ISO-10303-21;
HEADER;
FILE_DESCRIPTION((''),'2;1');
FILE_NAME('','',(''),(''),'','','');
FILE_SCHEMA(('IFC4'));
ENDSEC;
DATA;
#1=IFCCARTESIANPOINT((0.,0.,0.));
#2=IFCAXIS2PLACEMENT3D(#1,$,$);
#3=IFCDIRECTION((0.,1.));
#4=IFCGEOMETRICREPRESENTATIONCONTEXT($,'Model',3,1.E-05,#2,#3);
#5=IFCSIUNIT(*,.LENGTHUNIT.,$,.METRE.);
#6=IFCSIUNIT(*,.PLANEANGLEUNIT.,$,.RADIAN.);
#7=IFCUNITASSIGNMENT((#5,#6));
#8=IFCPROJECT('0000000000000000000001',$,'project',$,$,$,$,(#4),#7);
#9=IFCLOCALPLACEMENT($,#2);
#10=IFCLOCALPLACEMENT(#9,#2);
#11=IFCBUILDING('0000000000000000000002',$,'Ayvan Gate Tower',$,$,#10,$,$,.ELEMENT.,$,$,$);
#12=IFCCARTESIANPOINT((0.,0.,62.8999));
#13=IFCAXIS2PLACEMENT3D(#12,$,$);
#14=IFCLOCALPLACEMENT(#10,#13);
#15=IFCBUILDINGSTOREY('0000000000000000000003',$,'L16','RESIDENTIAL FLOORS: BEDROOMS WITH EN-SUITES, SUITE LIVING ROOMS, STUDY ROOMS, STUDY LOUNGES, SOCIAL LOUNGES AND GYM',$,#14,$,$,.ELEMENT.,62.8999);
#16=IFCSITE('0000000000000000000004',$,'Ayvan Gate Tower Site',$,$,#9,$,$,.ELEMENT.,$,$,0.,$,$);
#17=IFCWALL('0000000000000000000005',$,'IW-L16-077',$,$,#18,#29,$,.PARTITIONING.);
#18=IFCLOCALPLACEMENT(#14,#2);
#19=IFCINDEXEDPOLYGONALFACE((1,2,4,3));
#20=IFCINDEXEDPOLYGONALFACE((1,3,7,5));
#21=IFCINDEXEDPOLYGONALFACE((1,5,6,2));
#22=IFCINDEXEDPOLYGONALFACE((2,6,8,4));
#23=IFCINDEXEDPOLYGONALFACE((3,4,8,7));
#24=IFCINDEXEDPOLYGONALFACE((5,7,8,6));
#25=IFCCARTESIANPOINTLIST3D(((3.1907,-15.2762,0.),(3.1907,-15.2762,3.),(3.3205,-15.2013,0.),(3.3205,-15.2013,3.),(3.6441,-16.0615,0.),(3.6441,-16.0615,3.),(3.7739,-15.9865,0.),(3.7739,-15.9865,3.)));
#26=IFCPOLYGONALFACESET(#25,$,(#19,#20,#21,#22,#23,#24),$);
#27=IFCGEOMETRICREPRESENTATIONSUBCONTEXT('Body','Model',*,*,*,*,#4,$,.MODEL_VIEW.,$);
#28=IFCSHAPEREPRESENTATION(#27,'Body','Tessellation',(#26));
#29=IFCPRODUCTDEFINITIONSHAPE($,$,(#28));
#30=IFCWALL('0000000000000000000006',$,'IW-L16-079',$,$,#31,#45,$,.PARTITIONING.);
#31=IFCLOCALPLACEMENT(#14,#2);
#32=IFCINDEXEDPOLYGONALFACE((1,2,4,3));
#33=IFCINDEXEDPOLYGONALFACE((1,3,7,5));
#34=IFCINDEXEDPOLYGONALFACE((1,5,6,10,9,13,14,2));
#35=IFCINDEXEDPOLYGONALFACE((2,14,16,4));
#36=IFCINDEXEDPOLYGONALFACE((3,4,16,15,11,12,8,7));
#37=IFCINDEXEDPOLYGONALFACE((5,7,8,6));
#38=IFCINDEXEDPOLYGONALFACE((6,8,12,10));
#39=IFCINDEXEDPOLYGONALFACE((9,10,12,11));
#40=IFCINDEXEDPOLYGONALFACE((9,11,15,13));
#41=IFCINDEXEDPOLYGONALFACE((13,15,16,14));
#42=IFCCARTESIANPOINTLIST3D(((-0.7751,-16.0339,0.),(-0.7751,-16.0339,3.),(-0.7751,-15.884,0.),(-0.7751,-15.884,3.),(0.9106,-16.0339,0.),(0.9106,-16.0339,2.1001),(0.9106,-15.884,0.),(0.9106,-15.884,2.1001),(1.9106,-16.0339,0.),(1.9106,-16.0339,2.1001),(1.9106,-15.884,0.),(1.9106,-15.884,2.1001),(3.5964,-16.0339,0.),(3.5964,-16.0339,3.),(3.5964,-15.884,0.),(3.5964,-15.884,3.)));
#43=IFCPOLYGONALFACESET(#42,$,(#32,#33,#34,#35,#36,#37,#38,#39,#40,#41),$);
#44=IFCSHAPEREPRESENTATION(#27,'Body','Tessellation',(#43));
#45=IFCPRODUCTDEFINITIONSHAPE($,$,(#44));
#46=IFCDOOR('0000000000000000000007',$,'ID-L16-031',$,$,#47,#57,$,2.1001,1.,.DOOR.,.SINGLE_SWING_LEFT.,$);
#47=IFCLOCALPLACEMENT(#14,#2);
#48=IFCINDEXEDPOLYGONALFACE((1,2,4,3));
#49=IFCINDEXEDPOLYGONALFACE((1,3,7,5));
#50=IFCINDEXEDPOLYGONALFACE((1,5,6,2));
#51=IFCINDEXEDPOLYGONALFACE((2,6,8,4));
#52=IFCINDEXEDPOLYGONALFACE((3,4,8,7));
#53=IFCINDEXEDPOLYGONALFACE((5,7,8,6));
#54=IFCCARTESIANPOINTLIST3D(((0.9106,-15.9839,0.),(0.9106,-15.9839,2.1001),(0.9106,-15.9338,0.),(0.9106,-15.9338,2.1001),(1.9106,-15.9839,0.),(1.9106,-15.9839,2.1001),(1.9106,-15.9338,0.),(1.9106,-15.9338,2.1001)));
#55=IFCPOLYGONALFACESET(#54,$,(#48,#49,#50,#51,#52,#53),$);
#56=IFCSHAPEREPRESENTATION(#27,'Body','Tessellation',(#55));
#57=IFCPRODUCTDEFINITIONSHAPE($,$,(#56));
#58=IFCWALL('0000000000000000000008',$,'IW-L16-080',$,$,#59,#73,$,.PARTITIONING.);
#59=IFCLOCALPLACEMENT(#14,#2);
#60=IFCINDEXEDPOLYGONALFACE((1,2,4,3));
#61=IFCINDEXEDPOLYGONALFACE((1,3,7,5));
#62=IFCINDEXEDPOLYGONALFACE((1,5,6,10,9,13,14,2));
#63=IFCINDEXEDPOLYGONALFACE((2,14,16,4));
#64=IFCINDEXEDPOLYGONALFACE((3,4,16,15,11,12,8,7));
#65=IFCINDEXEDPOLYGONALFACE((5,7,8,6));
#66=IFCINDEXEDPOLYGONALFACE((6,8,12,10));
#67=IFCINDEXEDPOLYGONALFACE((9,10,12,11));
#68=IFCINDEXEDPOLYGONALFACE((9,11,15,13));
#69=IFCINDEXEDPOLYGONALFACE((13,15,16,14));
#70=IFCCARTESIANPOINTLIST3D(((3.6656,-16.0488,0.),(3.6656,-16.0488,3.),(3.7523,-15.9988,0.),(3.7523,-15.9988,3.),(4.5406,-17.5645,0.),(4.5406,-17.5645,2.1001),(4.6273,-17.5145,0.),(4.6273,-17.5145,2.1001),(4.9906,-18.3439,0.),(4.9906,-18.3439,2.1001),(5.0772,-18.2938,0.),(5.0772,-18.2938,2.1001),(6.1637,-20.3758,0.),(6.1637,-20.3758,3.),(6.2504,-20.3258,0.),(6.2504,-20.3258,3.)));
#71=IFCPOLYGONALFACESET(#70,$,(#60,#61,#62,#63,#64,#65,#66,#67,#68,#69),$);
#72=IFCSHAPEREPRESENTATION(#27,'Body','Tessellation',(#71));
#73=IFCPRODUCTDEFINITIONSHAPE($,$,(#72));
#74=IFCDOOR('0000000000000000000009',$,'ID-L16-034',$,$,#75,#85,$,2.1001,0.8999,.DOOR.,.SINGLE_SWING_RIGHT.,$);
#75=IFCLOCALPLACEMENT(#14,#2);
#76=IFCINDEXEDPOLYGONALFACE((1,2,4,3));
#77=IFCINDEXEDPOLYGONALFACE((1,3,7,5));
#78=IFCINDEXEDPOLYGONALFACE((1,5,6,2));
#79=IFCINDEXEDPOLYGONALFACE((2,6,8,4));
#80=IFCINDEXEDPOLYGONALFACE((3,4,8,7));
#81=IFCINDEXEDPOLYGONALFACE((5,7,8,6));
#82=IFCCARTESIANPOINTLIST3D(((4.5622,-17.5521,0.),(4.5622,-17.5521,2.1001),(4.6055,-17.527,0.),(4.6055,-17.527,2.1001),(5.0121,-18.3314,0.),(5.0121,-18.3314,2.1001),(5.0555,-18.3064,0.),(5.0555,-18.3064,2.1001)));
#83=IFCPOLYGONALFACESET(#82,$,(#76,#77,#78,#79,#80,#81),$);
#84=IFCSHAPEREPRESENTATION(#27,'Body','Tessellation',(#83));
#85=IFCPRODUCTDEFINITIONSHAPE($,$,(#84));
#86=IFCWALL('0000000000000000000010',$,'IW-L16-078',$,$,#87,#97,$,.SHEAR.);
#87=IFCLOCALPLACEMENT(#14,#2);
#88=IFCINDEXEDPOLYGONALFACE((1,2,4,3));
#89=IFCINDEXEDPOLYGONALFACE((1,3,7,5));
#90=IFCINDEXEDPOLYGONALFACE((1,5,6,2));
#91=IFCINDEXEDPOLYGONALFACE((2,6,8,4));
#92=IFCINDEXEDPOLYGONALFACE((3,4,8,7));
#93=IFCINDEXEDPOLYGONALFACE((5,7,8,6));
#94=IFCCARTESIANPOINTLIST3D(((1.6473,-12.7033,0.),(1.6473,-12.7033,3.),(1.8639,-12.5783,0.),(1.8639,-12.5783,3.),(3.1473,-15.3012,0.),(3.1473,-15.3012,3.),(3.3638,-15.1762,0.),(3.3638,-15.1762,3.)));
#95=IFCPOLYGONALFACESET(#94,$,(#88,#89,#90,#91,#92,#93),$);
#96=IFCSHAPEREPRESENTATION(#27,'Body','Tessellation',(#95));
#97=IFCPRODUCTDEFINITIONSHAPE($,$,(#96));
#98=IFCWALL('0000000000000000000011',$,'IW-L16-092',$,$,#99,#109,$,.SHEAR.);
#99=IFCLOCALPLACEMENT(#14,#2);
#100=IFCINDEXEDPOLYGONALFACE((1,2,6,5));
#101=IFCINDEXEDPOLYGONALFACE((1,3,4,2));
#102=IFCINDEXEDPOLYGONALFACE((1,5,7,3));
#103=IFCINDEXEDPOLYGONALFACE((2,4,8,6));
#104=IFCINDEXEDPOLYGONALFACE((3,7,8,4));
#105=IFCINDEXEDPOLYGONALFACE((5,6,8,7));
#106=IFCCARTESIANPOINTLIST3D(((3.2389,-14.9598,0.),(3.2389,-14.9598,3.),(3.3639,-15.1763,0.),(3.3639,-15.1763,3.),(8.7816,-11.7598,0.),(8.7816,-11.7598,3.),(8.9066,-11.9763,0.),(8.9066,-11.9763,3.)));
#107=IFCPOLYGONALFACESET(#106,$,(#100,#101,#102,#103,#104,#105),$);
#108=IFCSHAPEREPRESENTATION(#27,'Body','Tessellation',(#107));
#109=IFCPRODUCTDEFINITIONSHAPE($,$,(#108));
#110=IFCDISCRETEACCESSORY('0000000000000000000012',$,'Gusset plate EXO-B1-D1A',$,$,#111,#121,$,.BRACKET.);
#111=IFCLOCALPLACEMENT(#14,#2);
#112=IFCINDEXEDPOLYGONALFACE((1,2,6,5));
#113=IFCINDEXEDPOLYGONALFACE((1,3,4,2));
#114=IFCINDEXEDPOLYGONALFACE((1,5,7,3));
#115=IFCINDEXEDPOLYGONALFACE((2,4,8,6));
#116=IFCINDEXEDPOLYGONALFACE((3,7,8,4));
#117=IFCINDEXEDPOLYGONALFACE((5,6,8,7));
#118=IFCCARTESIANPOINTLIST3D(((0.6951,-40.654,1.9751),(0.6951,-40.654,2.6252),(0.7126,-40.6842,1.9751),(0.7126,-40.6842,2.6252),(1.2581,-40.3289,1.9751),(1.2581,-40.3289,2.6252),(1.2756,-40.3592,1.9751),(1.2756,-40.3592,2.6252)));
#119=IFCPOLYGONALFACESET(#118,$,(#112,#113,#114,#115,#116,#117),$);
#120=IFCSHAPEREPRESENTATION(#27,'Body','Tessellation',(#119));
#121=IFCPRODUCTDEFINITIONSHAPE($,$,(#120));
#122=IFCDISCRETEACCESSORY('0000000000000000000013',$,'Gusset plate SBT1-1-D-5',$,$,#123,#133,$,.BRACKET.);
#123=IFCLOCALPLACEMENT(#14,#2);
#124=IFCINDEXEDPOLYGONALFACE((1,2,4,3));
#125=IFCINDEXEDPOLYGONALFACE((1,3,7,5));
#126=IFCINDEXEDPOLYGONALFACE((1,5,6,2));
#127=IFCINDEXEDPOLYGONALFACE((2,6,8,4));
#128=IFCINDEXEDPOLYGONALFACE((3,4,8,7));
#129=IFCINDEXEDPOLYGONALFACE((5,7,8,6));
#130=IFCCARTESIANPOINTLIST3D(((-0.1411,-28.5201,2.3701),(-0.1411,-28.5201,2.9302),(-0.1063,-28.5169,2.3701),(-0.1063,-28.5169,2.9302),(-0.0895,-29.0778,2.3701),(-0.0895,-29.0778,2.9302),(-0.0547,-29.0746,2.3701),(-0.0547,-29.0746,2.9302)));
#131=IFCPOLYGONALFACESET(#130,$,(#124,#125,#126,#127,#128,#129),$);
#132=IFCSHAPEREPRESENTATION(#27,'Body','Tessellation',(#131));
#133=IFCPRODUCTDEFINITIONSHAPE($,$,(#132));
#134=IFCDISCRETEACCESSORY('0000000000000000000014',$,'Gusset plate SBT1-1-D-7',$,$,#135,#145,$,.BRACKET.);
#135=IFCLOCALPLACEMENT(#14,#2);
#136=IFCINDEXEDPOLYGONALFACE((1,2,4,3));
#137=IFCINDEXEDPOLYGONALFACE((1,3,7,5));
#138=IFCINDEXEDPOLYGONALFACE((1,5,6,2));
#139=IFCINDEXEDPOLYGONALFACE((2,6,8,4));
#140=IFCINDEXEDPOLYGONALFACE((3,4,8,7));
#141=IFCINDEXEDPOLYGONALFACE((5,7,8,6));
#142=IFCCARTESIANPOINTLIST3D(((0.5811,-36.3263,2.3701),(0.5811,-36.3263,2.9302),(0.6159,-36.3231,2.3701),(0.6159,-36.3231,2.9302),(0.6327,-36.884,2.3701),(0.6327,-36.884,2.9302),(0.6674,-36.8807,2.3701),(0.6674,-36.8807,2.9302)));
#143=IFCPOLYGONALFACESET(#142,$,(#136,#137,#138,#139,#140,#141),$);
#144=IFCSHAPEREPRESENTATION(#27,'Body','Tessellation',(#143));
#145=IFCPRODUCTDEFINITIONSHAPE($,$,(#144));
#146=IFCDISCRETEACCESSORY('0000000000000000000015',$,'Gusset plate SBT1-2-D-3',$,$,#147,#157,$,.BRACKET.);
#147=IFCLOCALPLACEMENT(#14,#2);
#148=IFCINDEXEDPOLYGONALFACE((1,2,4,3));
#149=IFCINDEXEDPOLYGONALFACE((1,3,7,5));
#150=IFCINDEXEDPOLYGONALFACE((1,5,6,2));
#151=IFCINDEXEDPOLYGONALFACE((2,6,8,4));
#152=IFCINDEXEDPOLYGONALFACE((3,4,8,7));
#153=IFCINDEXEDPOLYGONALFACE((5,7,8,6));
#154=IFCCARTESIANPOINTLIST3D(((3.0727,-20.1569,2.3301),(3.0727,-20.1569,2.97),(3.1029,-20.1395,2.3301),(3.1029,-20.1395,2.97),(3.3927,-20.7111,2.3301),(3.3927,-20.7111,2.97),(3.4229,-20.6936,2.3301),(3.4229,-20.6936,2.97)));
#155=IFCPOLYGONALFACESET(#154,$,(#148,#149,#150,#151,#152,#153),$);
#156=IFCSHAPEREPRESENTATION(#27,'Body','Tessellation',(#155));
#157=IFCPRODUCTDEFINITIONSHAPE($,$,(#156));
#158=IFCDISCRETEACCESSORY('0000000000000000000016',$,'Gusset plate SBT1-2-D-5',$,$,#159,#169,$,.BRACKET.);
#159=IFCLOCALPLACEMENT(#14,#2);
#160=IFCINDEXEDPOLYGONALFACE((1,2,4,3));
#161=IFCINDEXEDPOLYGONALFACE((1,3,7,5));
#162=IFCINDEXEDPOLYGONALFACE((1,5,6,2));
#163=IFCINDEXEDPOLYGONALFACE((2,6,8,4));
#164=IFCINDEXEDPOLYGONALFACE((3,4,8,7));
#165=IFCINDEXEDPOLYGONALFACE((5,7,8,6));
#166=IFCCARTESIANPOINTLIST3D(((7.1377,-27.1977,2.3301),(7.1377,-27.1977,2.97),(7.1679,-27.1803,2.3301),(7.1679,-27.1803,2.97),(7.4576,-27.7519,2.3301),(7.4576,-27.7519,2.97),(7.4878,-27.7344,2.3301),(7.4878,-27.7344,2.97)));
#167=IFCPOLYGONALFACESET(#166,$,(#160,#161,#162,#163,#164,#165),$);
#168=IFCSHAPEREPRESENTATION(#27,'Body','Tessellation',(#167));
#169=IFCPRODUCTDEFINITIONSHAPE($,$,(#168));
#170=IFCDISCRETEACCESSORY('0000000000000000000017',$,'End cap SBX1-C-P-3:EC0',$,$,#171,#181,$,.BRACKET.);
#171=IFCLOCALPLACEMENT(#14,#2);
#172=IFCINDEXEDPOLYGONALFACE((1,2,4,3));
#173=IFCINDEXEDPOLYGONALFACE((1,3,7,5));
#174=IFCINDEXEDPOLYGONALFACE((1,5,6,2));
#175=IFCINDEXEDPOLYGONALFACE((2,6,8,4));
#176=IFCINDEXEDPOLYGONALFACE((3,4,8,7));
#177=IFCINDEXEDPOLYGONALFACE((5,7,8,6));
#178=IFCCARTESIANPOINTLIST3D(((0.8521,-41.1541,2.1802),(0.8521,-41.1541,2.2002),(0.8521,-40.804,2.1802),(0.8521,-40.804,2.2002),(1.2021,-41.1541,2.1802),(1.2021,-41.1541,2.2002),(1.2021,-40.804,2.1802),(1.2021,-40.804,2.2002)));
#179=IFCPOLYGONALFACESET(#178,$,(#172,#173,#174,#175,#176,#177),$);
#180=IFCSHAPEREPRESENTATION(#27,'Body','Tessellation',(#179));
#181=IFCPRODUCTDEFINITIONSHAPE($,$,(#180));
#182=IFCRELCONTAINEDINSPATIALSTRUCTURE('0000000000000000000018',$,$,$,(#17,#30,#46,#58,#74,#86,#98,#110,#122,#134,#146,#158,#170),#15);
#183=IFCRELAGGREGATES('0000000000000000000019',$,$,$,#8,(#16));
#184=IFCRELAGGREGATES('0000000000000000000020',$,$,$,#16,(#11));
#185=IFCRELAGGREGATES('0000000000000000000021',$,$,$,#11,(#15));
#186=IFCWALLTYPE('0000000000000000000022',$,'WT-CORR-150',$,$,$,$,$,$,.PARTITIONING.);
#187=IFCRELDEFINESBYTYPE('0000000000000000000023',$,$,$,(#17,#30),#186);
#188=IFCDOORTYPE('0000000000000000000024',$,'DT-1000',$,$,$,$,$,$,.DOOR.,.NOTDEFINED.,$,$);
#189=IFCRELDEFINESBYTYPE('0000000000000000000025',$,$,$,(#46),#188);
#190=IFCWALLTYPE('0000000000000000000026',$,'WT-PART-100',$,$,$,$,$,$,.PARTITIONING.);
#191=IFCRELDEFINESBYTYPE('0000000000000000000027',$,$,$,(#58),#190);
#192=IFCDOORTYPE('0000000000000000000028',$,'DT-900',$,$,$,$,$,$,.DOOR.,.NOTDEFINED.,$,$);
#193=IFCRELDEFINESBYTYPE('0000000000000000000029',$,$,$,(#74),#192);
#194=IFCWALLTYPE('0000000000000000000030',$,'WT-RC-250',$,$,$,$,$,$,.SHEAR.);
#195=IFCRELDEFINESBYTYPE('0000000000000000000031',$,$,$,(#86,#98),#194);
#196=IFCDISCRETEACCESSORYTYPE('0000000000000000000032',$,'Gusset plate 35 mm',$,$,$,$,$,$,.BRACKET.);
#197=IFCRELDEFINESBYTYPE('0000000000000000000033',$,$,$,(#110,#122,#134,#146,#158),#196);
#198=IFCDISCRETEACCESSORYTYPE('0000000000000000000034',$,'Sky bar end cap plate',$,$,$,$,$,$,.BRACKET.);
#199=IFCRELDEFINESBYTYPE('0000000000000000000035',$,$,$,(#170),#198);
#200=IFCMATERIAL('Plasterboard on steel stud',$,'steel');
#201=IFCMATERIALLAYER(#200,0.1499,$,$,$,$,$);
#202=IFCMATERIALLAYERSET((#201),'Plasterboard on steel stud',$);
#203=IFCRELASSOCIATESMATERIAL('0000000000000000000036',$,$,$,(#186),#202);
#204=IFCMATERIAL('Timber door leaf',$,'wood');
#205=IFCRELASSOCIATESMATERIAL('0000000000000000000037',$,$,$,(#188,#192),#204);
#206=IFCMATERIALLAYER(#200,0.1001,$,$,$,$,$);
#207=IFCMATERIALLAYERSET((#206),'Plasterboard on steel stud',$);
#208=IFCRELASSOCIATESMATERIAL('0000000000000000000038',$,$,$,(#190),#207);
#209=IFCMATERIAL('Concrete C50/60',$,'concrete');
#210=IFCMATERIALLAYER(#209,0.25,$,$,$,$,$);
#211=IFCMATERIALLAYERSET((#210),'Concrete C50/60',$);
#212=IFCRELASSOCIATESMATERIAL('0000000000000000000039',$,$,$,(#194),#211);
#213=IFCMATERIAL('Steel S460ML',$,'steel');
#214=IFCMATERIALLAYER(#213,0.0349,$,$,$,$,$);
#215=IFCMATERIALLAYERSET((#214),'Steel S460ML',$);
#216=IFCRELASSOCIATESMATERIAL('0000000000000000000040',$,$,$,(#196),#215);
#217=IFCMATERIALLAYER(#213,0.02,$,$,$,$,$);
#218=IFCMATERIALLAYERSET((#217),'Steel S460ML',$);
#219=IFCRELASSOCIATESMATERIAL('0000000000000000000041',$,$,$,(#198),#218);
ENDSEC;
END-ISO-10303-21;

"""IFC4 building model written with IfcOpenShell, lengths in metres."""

from ifc_helpers import new_model, si_unit, direction, frame, frame_2d, origin, origin_2d, place, context, subcontext, project, spatial, rectangle, extrude, material, layer, layer_set, type_object, element, fill, save


model = new_model("IFC4")

# Units and contexts
model_context = context("Model", 3, precision=1e-05, world=origin(), true_north=direction((0.0, 1.0)))
body_context = subcontext(model_context, "Body", "Model", "MODEL_VIEW")
ifc_project = project(units=[si_unit("LENGTHUNIT", "METRE"), si_unit("PLANEANGLEUNIT", "RADIAN")], contexts=[model_context])

# Site, building, storey
site_placement = place(None, origin())
site = spatial("IfcSite", under=ifc_project, at=site_placement, Name="Ayvan Gate Tower Site", CompositionType="ELEMENT", RefElevation=0.0)
building_placement = place(site_placement, origin())
building = spatial("IfcBuilding", under=site, at=building_placement, Name="Ayvan Gate Tower", CompositionType="ELEMENT")
storey_placement = place(building_placement, frame((0.0, 0.0, 62.8999)))
storey = spatial("IfcBuildingStorey", under=building, at=storey_placement, Name="L16", Description="RESIDENTIAL FLOORS: BEDROOMS WITH EN-SUITES, SUITE LIVING ROOMS, STUDY ROOMS, STUDY LOUNGES, SOCIAL LOUNGES AND GYM", CompositionType="ELEMENT", Elevation=62.8999)

# Wall
ifc_material_1 = material(Name="Plasterboard on steel stud", Category="steel")
ifc_layer_1 = layer(ifc_material_1, 0.1499)
ifc_layer_set_1 = layer_set([ifc_layer_1], Name="Plasterboard on steel stud")
wall_type_1 = type_object("IfcWallType", Name="WT-CORR-150", PredefinedType="PARTITIONING", material=ifc_layer_set_1)
wall_1_placement = place(storey_placement, frame((3.2556, -15.2388, 0.0), z_axis=(0.0, 0.0, 1.0), x_axis=(0.500049, -0.865997, 0.0)))
element("IfcWall", 1, at=wall_1_placement, inside=storey, type_object=wall_type_1, Name="IW-L16-077", PredefinedType="PARTITIONING", context=body_context, shape_type="SweptSolid", body=[
    extrude(rectangle(XDim=0.9067, YDim=0.1499, at=frame_2d((0.4534, 0.0))), origin(), (0.0, 0.0, 1.0), 3.0),
])

# Walls, openings, doors
wall_2_placement = place(storey_placement, frame((3.5964, -15.959, 0.0), z_axis=(0.0, 0.0, 1.0), x_axis=(-1.0, 0.0, 0.0)))
wall_2 = element("IfcWall", 2, at=wall_2_placement, inside=storey, type_object=wall_type_1, Name="IW-L16-079", PredefinedType="PARTITIONING", context=body_context, shape_type="SweptSolid", body=[
    extrude(rectangle(XDim=4.3716, YDim=0.1499, at=frame_2d((2.1858, 0.0))), origin(), (0.0, 0.0, 1.0), 3.0),
])
opening_1_placement = place(wall_2_placement, frame((1.6858, 0.0, 0.0)))
opening_1 = element("IfcOpeningElement", 3, at=opening_1_placement, cuts=wall_2, PredefinedType="OPENING", context=body_context, shape_type="SweptSolid", body=[
    extrude(rectangle(XDim=1.0, YDim=2.1001, at=frame_2d((0.5, 1.05))), frame((0.0, 0.085, 0.0), z_axis=(0.0, -1.0, 0.0), x_axis=(1.0, 0.0, 0.0)), (0.0, 0.0, 1.0), 0.1699),
])
ifc_material_2 = material(Name="Timber door leaf", Category="wood")
door_type_1 = type_object("IfcDoorType", Name="DT-1000", OperationType="NOTDEFINED", PredefinedType="DOOR", material=ifc_material_2)
door_1_placement = place(opening_1_placement, origin())
door_1 = element("IfcDoor", 4, at=door_1_placement, inside=storey, type_object=door_type_1, Name="ID-L16-031", OperationType="SINGLE_SWING_LEFT", OverallHeight=2.1001, OverallWidth=1.0, PredefinedType="DOOR", context=body_context, shape_type="SweptSolid", body=[
    extrude(rectangle(XDim=1.0, YDim=2.1001, at=frame_2d((0.5, 1.05))), frame((0.0, 0.0249, 0.0), z_axis=(0.0, -1.0, 0.0), x_axis=(1.0, 0.0, 0.0)), (0.0, 0.0, 1.0), 0.05),
])
fill(opening_1, door_1)
ifc_layer_2 = layer(ifc_material_1, 0.1001)
ifc_layer_set_2 = layer_set([ifc_layer_2], Name="Plasterboard on steel stud")
wall_type_2 = type_object("IfcWallType", Name="WT-PART-100", PredefinedType="PARTITIONING", material=ifc_layer_set_2)
wall_3_placement = place(storey_placement, frame((3.709, -16.0239, 0.0), z_axis=(0.0, 0.0, 1.0), x_axis=(0.499986, -0.866033, 0.0)))
wall_3 = element("IfcWall", 5, at=wall_3_placement, inside=storey, type_object=wall_type_2, Name="IW-L16-080", PredefinedType="PARTITIONING", context=body_context, shape_type="SweptSolid", body=[
    extrude(rectangle(XDim=4.9963, YDim=0.1001, at=frame_2d((2.498, 0.0))), origin(), (0.0, 0.0, 1.0), 3.0),
])
opening_2_placement = place(wall_3_placement, frame((1.75, 0.0, 0.0)))
opening_2 = element("IfcOpeningElement", 6, at=opening_2_placement, cuts=wall_3, PredefinedType="OPENING", context=body_context, shape_type="SweptSolid", body=[
    extrude(rectangle(XDim=0.8999, YDim=2.1001, at=frame_2d((0.45, 1.05))), frame((0.0, 0.0601, 0.0), z_axis=(0.0, -1.0, 0.0), x_axis=(1.0, 0.0, 0.0)), (0.0, 0.0, 1.0), 0.1201),
])
door_type_2 = type_object("IfcDoorType", Name="DT-900", OperationType="NOTDEFINED", PredefinedType="DOOR", material=ifc_material_2)
door_2_placement = place(opening_2_placement, origin())
door_2 = element("IfcDoor", 7, at=door_2_placement, inside=storey, type_object=door_type_2, Name="ID-L16-034", OperationType="SINGLE_SWING_RIGHT", OverallHeight=2.1001, OverallWidth=0.8999, PredefinedType="DOOR", context=body_context, shape_type="SweptSolid", body=[
    extrude(rectangle(XDim=0.8999, YDim=2.1001, at=frame_2d((0.45, 1.05))), frame((0.0, 0.0249, 0.0), z_axis=(0.0, -1.0, 0.0), x_axis=(1.0, 0.0, 0.0)), (0.0, 0.0, 1.0), 0.05),
])
fill(opening_2, door_2)

# Walls
ifc_material_3 = material(Name="Concrete C50/60", Category="concrete")
ifc_layer_3 = layer(ifc_material_3, 0.25)
ifc_layer_set_3 = layer_set([ifc_layer_3], Name="Concrete C50/60")
wall_type_3 = type_object("IfcWallType", Name="WT-RC-250", PredefinedType="SHEAR", material=ifc_layer_set_3)
wall_4_placement = place(storey_placement, frame((3.2556, -15.2388, 0.0), z_axis=(0.0, 0.0, 1.0), x_axis=(-0.500025, 0.866011, 0.0)))
element("IfcWall", 8, at=wall_4_placement, inside=storey, type_object=wall_type_3, Name="IW-L16-078", PredefinedType="SHEAR", context=body_context, shape_type="SweptSolid", body=[
    extrude(rectangle(XDim=2.9998, YDim=0.25, at=frame_2d((1.5, 0.0))), origin(), (0.0, 0.0, 1.0), 3.0),
])
wall_5_placement = place(storey_placement, frame((3.3013, -15.0681, 0.0), z_axis=(0.0, 0.0, 1.0), x_axis=(0.866035, 0.499983, 0.0)))
element("IfcWall", 9, at=wall_5_placement, inside=storey, type_object=wall_type_3, Name="IW-L16-092", PredefinedType="SHEAR", context=body_context, shape_type="SweptSolid", body=[
    extrude(rectangle(XDim=6.4001, YDim=0.25, at=frame_2d((3.2002, 0.0))), origin(), (0.0, 0.0, 1.0), 3.0),
])

# Discrete accessories
ifc_material_4 = material(Name="Steel S460ML", Category="steel")
ifc_layer_4 = layer(ifc_material_4, 0.0349)
ifc_layer_set_4 = layer_set([ifc_layer_4], Name="Steel S460ML")
discrete_accessory_type_1 = type_object("IfcDiscreteAccessoryType", Name="Gusset plate 35 mm", PredefinedType="BRACKET", material=ifc_layer_set_4)
discrete_accessory_placement = place(storey_placement, frame((0.9854, -40.5066, 1.9751), z_axis=(0.0, 0.0, 1.0), x_axis=(0.866025, 0.5, 0.0)))
element("IfcDiscreteAccessory", 10, at=discrete_accessory_placement, inside=storey, type_object=discrete_accessory_type_1, Name="Gusset plate EXO-B1-D1A", PredefinedType="BRACKET", context=body_context, shape_type="SweptSolid", body=[
    extrude(rectangle(XDim=0.6501, YDim=0.0349, at=origin_2d()), origin(), (0.0, 0.0, 1.0), 0.6501),
])
for number, where, z_axis, x_axis, name in (
    (11, (-0.0979, -28.7974, 2.3701), (0.0, 0.0, 1.0), (-0.092119, 0.995748, 0.0), "Gusset plate SBT1-1-D-5"),
    (12, (0.6243, -36.6035, 2.3701), (0.0, 0.0, 1.0), (-0.092119, 0.995748, 0.0), "Gusset plate SBT1-1-D-7"),
):
    element("IfcDiscreteAccessory", number, at=place(storey_placement, frame(where, z_axis=z_axis, x_axis=x_axis)), inside=storey, type_object=discrete_accessory_type_1, Name=name, PredefinedType="BRACKET", context=body_context, shape_type="SweptSolid", body=[
        extrude(rectangle(XDim=0.5601, YDim=0.0349, at=origin_2d()), origin(), (0.0, 0.0, 1.0), 0.5601),
    ])
for number, where, z_axis, x_axis, name in (
    (13, (3.2478, -20.4253, 2.3301), (0.0, 0.0, 1.0), (-0.5, 0.866025, 0.0), "Gusset plate SBT1-2-D-3"),
    (14, (7.3127, -27.4661, 2.3301), (0.0, 0.0, 1.0), (-0.5, 0.866025, 0.0), "Gusset plate SBT1-2-D-5"),
):
    element("IfcDiscreteAccessory", number, at=place(storey_placement, frame(where, z_axis=z_axis, x_axis=x_axis)), inside=storey, type_object=discrete_accessory_type_1, Name=name, PredefinedType="BRACKET", context=body_context, shape_type="SweptSolid", body=[
        extrude(rectangle(XDim=0.6399, YDim=0.0349, at=origin_2d()), origin(), (0.0, 0.0, 1.0), 0.6399),
    ])
ifc_layer_5 = layer(ifc_material_4, 0.02)
ifc_layer_set_5 = layer_set([ifc_layer_5], Name="Steel S460ML")
discrete_accessory_type_2 = type_object("IfcDiscreteAccessoryType", Name="Sky bar end cap plate", PredefinedType="BRACKET", material=ifc_layer_set_5)
for number, where, z_axis, x_axis, name in (
    (15, (1.0271, -40.979, 2.1802), (0.0, 0.0, 1.0), (1.0, 0.0, 0.0), "End cap SBX1-C-P-3:EC0"),
):
    element("IfcDiscreteAccessory", number, at=place(storey_placement, frame(where, z_axis=z_axis, x_axis=x_axis)), inside=storey, type_object=discrete_accessory_type_2, Name=name, PredefinedType="BRACKET", context=body_context, shape_type="SweptSolid", body=[
        extrude(rectangle(XDim=0.3501, YDim=0.3501, at=origin_2d()), origin(), (0.0, 0.0, 1.0), 0.02),
    ])

save(model, "model.ifc")
